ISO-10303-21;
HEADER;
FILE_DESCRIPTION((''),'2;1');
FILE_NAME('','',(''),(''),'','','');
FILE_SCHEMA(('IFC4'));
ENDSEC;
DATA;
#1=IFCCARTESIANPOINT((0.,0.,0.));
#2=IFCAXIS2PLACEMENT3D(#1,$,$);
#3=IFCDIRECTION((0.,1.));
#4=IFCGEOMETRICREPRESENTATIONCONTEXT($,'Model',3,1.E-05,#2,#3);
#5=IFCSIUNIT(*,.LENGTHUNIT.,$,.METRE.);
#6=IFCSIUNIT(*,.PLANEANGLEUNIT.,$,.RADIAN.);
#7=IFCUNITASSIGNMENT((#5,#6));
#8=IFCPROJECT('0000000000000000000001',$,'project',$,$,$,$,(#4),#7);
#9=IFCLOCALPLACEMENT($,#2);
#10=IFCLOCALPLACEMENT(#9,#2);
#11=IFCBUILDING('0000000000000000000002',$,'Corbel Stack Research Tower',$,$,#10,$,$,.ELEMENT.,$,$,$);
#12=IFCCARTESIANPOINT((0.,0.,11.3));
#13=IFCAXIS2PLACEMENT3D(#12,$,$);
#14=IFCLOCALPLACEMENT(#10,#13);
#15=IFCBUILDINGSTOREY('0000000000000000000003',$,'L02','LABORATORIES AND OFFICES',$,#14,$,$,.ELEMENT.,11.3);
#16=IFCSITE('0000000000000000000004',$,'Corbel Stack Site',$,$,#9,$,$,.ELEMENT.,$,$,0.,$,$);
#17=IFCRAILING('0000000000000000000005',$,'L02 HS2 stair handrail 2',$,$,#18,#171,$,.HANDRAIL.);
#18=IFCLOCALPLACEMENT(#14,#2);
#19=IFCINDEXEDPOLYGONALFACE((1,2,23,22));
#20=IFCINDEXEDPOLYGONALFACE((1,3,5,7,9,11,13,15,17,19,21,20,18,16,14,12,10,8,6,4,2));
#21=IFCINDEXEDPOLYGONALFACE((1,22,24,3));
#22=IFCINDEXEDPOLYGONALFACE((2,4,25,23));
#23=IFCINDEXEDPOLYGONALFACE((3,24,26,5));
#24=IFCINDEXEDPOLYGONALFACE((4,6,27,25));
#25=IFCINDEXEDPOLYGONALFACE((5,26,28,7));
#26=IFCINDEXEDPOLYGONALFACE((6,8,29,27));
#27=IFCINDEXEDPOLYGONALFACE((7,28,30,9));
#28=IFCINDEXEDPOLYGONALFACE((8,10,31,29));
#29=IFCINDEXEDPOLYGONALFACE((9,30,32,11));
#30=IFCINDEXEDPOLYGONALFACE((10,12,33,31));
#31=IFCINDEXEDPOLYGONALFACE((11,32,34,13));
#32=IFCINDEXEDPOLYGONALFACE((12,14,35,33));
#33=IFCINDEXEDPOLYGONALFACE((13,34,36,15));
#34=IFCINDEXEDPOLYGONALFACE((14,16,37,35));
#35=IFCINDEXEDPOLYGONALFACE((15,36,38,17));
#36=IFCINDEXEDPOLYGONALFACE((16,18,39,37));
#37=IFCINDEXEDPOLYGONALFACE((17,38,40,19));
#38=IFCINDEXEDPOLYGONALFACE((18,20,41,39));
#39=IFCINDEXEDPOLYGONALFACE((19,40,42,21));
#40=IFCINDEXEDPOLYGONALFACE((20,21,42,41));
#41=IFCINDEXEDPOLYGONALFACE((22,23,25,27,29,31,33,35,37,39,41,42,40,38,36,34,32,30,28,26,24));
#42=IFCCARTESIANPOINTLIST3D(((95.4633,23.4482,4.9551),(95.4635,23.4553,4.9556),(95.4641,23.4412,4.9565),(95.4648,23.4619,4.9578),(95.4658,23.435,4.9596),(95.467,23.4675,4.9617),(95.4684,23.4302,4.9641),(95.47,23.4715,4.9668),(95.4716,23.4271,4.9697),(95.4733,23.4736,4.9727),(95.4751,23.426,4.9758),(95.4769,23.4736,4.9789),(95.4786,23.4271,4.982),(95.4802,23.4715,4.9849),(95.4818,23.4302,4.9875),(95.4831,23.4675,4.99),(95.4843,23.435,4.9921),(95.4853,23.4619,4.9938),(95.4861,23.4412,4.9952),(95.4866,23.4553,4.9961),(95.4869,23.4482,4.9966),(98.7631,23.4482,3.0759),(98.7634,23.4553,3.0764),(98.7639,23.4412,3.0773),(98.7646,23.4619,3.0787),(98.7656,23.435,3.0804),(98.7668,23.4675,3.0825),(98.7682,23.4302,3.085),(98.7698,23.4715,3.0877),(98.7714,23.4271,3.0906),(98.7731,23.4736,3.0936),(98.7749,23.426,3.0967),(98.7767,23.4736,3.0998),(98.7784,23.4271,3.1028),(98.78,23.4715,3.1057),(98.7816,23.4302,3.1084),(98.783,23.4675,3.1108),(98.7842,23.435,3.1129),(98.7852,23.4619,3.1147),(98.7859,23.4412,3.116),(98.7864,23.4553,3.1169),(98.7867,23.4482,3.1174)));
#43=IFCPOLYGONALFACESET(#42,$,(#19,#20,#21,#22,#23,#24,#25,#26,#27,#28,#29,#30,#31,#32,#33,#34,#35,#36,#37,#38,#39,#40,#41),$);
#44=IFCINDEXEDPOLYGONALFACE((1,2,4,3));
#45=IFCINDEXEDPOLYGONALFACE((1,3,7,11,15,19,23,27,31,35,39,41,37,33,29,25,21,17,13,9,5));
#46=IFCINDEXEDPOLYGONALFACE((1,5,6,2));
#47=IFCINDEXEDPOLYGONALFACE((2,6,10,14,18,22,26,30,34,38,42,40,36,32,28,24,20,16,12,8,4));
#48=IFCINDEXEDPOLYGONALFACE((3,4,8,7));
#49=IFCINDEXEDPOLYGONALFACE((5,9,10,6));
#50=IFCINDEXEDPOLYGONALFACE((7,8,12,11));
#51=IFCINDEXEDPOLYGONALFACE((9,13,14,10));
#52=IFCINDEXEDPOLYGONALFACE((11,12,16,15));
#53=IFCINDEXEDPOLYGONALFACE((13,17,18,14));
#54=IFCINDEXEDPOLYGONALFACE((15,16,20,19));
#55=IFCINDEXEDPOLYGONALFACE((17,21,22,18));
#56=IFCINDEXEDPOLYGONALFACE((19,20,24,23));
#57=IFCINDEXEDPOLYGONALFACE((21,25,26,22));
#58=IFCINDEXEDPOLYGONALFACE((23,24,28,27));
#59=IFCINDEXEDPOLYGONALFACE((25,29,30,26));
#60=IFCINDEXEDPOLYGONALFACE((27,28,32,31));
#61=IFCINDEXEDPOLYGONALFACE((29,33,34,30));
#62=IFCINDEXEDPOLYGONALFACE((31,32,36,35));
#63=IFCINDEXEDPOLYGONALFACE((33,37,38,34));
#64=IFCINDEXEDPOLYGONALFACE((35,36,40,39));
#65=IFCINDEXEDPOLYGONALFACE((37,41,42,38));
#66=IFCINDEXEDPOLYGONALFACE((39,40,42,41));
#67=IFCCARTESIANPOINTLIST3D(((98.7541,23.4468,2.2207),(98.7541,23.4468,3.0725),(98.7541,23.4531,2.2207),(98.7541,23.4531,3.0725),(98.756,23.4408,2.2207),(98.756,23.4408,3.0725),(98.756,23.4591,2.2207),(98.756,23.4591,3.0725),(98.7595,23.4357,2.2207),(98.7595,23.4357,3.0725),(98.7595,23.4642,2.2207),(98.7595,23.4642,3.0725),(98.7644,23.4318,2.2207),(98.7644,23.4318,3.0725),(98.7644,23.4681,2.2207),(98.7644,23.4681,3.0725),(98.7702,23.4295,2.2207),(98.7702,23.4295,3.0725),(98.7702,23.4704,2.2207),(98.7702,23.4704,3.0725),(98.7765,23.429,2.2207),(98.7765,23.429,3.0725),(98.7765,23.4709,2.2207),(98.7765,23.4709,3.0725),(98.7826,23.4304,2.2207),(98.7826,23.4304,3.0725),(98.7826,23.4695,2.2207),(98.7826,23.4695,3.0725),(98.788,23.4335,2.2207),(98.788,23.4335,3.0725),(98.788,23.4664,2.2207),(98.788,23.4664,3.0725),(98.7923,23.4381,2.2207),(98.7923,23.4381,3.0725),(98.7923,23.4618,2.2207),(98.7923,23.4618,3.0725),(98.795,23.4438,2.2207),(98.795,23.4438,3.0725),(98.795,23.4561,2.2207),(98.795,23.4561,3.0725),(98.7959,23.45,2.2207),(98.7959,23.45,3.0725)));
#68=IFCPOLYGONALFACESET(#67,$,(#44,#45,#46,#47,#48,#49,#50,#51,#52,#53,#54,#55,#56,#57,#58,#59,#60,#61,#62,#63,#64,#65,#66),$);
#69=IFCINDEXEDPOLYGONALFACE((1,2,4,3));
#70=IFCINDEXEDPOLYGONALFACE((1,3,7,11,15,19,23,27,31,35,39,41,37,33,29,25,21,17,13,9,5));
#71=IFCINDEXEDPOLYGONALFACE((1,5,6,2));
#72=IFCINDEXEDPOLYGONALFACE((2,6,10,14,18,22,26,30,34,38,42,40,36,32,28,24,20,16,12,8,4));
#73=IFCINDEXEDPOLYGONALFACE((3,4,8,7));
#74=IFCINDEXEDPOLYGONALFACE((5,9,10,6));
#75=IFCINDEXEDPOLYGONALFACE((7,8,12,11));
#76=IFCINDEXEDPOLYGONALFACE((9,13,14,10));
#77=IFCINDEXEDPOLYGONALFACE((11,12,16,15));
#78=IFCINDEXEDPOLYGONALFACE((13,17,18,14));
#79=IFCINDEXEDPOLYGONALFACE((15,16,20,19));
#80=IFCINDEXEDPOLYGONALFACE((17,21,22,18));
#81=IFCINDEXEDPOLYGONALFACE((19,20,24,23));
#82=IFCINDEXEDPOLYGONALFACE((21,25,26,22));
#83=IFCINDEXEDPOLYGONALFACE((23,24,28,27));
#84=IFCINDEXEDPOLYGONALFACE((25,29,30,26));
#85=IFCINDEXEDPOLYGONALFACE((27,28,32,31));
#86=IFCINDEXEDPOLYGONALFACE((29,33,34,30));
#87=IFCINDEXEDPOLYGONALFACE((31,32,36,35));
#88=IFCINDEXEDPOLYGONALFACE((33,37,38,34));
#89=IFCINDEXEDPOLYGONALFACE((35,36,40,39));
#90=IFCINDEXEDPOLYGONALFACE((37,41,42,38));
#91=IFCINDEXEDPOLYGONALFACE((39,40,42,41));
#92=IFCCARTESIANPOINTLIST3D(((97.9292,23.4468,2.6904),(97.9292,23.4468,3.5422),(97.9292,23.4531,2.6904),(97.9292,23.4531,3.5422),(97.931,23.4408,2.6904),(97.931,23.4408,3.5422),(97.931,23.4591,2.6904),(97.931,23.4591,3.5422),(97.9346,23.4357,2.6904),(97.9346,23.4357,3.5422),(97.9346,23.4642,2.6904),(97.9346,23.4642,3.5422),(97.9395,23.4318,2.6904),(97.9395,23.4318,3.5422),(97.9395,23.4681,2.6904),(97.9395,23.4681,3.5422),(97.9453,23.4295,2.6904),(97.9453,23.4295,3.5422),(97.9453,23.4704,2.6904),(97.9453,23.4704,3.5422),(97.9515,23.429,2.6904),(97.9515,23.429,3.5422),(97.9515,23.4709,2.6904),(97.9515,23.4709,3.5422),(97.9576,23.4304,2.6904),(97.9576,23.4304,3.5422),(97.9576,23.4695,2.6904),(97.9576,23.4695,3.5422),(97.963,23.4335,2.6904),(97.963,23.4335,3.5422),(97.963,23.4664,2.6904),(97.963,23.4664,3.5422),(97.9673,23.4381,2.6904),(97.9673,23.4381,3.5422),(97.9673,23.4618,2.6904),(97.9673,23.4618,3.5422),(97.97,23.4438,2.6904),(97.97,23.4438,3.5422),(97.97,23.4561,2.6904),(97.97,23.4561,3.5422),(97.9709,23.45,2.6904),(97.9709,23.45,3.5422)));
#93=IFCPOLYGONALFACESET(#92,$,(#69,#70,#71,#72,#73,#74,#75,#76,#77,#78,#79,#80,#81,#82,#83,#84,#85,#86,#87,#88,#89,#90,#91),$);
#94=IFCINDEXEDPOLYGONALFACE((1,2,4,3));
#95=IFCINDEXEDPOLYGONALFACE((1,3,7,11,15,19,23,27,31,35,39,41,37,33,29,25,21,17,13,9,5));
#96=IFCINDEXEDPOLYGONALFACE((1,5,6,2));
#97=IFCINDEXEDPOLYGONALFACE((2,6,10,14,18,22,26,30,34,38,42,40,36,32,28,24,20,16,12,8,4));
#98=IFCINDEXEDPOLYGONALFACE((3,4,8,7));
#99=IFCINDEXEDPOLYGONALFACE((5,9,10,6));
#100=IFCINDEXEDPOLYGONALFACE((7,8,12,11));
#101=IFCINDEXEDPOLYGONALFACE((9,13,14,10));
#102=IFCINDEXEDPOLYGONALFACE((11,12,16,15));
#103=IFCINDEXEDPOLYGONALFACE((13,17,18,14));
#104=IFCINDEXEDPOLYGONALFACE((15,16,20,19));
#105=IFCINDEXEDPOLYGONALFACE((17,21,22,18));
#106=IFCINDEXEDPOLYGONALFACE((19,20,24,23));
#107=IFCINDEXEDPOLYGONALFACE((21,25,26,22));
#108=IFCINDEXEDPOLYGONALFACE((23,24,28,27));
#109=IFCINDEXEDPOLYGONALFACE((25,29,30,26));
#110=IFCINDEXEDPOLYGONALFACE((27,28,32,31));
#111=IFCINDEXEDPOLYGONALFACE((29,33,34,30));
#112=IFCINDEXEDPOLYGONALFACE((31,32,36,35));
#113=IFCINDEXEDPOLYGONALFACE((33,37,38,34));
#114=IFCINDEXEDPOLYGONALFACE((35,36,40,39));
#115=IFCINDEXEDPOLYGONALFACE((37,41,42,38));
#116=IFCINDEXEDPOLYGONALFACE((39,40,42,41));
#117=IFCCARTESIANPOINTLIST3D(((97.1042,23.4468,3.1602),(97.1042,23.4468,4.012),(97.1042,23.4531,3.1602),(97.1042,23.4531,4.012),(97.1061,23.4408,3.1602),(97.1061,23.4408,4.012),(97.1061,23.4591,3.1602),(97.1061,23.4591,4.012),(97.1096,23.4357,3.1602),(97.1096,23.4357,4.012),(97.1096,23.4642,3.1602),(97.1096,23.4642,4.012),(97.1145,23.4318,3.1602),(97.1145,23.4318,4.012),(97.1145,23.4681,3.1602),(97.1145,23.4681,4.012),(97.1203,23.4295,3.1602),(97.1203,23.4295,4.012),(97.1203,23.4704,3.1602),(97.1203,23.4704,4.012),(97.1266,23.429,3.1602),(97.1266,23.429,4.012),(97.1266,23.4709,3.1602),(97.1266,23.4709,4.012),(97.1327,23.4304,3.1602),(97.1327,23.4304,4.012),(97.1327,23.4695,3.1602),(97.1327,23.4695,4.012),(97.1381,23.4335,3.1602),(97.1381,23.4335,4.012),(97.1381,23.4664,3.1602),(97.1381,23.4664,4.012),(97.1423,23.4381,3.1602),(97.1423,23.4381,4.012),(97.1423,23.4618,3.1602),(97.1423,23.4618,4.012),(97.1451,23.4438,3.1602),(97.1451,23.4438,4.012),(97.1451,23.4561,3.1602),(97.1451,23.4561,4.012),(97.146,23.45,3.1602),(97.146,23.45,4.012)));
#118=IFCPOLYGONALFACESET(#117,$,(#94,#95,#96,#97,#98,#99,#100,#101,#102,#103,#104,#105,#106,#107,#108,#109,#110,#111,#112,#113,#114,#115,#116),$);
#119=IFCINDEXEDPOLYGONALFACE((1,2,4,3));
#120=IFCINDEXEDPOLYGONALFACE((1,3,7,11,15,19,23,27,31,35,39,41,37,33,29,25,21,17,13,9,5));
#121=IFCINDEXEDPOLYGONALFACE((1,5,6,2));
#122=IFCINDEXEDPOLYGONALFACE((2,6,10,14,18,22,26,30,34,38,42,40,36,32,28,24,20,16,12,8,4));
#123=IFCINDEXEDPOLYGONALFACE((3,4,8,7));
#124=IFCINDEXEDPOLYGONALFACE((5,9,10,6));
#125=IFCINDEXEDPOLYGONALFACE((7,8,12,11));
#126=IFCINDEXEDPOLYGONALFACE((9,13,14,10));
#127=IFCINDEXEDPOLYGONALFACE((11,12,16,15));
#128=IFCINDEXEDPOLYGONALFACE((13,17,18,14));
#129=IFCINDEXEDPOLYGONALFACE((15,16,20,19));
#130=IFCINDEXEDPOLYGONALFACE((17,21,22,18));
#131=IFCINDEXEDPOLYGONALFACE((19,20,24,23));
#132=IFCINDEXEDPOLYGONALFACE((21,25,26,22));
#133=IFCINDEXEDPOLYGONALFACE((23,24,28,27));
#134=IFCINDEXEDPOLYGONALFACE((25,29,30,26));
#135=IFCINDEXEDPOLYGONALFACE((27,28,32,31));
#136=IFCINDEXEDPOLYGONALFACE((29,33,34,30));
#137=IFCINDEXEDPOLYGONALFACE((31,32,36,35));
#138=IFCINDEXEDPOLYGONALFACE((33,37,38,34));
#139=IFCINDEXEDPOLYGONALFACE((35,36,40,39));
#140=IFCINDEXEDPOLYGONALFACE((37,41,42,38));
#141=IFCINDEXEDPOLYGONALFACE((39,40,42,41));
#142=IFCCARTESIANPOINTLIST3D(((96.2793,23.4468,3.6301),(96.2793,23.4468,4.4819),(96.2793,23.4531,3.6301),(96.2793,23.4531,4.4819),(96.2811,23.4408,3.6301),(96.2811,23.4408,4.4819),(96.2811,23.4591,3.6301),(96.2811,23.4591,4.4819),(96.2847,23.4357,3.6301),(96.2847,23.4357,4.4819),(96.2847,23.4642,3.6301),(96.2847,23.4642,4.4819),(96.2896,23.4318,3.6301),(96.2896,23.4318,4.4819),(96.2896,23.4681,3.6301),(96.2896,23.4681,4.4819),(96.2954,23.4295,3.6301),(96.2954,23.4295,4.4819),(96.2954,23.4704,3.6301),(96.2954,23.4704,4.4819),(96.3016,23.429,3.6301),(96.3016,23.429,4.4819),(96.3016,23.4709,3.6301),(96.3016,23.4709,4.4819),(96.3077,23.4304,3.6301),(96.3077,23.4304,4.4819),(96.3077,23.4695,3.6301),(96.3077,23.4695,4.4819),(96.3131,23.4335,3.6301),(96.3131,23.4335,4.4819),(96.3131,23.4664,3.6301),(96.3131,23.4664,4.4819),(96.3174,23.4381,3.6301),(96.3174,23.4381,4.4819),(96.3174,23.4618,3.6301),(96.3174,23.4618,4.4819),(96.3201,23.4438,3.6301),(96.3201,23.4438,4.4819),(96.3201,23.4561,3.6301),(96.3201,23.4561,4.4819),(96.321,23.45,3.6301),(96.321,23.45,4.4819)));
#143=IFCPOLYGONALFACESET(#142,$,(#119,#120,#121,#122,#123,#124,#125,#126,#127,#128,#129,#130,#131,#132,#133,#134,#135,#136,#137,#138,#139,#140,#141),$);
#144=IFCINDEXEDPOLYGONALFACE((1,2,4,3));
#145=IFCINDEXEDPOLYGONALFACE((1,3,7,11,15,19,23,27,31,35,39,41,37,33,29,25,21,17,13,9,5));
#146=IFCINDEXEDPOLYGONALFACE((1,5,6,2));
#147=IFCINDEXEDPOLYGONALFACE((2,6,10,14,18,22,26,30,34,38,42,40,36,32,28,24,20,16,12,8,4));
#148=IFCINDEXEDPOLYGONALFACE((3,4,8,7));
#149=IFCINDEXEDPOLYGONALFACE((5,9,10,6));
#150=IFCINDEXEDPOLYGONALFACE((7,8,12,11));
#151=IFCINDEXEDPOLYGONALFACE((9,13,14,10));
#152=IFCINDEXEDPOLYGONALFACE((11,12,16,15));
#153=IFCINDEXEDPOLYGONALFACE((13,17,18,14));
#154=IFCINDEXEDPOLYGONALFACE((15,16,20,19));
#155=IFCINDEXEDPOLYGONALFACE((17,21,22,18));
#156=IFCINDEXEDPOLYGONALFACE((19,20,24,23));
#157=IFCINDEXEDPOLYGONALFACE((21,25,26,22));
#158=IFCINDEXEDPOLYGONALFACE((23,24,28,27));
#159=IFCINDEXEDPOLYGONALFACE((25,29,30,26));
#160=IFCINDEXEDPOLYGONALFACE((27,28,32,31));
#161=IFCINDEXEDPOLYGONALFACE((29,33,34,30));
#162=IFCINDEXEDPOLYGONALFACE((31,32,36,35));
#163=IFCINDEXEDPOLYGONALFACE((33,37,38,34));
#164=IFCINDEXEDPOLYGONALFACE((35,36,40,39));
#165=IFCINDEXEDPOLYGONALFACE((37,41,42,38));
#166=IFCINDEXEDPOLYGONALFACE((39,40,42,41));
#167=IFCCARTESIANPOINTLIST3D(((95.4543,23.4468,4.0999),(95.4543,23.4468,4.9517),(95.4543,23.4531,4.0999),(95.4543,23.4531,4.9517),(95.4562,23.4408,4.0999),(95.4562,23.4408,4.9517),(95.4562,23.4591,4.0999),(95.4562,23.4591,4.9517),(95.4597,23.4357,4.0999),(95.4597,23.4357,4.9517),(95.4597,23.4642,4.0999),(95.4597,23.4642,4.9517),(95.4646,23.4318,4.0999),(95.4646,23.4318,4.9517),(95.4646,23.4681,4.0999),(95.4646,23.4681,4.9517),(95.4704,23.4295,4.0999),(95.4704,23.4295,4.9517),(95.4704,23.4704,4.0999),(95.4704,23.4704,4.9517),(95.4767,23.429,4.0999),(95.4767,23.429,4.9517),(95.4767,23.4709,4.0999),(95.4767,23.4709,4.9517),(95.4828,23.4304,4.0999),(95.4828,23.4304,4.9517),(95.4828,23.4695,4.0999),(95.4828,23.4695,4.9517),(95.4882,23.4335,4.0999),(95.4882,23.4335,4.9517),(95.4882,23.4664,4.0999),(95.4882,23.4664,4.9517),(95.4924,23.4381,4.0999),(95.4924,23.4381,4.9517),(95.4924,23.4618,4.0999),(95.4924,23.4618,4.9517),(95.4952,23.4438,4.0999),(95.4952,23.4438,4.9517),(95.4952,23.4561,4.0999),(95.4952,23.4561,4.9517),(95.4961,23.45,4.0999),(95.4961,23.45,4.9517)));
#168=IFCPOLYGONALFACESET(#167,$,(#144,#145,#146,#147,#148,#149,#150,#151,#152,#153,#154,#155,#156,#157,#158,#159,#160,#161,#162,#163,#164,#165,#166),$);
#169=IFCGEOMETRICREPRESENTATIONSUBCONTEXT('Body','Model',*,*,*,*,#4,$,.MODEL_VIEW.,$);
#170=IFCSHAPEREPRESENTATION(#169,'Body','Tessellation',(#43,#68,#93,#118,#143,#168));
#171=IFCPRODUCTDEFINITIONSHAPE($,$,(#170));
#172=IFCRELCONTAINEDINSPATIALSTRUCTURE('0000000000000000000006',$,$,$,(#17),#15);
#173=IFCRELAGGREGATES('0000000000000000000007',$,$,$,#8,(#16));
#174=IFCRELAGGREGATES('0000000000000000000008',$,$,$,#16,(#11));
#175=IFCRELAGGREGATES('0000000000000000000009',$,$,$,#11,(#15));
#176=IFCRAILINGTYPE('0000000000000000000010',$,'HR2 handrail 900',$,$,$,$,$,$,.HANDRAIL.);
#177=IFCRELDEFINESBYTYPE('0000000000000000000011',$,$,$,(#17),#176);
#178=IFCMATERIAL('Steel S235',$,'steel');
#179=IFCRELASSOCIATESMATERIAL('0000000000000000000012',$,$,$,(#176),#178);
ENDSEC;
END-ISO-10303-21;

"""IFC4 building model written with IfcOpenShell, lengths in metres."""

from ifc_helpers import new_model, si_unit, direction, frame, origin, origin_2d, place, context, subcontext, project, spatial, circle, extrude, material, type_object, element, save


model = new_model("IFC4")

# Units and contexts
model_context = context("Model", 3, precision=1e-05, world=origin(), true_north=direction((0.0, 1.0)))
body_context = subcontext(model_context, "Body", "Model", "MODEL_VIEW")
ifc_project = project(units=[si_unit("LENGTHUNIT", "METRE"), si_unit("PLANEANGLEUNIT", "RADIAN")], contexts=[model_context])

# Site, building, storey
site_placement = place(None, origin())
site = spatial("IfcSite", under=ifc_project, at=site_placement, Name="Corbel Stack Site", CompositionType="ELEMENT", RefElevation=0.0)
building_placement = place(site_placement, origin())
building = spatial("IfcBuilding", under=site, at=building_placement, Name="Corbel Stack Research Tower", CompositionType="ELEMENT")
storey_placement = place(building_placement, frame((0.0, 0.0, 11.3)))
storey = spatial("IfcBuildingStorey", under=building, at=storey_placement, Name="L02", Description="LABORATORIES AND OFFICES", CompositionType="ELEMENT", Elevation=11.3)

# Railing
ifc_material_1 = material(Name="Steel S235", Category="steel")
railing_type_1 = type_object("IfcRailingType", Name="HR2 handrail 900", PredefinedType="HANDRAIL", material=ifc_material_1)
railing_1_placement = place(storey_placement, frame((98.7749, 23.45, 2.2207)))
element("IfcRailing", 1, at=railing_1_placement, inside=storey, type_object=railing_type_1, Name="L02 HS2 stair handrail 2", PredefinedType="HANDRAIL", context=body_context, shape_type="SweptSolid", body=[
    extrude(circle(Radius=0.0239, at=origin_2d()), frame((0.0, 0.0, 0.876), z_axis=(-0.868974, 0.0, 0.494857), x_axis=(0.0, -1.0, 0.0)), (0.0, 0.0, 1.0), 3.7974),
    extrude(circle(Radius=0.021, at=origin_2d()), origin(), (0.0, 0.0, 1.0), 0.8518),
    extrude(circle(Radius=0.021, at=origin_2d()), frame((-0.825, 0.0, 0.4697)), (0.0, 0.0, 1.0), 0.8518),
    extrude(circle(Radius=0.021, at=origin_2d()), frame((-1.6499, 0.0, 0.9395)), (0.0, 0.0, 1.0), 0.8518),
    extrude(circle(Radius=0.021, at=origin_2d()), frame((-2.4749, 0.0, 1.4094)), (0.0, 0.0, 1.0), 0.8518),
    extrude(circle(Radius=0.021, at=origin_2d()), frame((-3.2998, 0.0, 1.8792)), (0.0, 0.0, 1.0), 0.8518),
])

save(model, "model.ifc")
